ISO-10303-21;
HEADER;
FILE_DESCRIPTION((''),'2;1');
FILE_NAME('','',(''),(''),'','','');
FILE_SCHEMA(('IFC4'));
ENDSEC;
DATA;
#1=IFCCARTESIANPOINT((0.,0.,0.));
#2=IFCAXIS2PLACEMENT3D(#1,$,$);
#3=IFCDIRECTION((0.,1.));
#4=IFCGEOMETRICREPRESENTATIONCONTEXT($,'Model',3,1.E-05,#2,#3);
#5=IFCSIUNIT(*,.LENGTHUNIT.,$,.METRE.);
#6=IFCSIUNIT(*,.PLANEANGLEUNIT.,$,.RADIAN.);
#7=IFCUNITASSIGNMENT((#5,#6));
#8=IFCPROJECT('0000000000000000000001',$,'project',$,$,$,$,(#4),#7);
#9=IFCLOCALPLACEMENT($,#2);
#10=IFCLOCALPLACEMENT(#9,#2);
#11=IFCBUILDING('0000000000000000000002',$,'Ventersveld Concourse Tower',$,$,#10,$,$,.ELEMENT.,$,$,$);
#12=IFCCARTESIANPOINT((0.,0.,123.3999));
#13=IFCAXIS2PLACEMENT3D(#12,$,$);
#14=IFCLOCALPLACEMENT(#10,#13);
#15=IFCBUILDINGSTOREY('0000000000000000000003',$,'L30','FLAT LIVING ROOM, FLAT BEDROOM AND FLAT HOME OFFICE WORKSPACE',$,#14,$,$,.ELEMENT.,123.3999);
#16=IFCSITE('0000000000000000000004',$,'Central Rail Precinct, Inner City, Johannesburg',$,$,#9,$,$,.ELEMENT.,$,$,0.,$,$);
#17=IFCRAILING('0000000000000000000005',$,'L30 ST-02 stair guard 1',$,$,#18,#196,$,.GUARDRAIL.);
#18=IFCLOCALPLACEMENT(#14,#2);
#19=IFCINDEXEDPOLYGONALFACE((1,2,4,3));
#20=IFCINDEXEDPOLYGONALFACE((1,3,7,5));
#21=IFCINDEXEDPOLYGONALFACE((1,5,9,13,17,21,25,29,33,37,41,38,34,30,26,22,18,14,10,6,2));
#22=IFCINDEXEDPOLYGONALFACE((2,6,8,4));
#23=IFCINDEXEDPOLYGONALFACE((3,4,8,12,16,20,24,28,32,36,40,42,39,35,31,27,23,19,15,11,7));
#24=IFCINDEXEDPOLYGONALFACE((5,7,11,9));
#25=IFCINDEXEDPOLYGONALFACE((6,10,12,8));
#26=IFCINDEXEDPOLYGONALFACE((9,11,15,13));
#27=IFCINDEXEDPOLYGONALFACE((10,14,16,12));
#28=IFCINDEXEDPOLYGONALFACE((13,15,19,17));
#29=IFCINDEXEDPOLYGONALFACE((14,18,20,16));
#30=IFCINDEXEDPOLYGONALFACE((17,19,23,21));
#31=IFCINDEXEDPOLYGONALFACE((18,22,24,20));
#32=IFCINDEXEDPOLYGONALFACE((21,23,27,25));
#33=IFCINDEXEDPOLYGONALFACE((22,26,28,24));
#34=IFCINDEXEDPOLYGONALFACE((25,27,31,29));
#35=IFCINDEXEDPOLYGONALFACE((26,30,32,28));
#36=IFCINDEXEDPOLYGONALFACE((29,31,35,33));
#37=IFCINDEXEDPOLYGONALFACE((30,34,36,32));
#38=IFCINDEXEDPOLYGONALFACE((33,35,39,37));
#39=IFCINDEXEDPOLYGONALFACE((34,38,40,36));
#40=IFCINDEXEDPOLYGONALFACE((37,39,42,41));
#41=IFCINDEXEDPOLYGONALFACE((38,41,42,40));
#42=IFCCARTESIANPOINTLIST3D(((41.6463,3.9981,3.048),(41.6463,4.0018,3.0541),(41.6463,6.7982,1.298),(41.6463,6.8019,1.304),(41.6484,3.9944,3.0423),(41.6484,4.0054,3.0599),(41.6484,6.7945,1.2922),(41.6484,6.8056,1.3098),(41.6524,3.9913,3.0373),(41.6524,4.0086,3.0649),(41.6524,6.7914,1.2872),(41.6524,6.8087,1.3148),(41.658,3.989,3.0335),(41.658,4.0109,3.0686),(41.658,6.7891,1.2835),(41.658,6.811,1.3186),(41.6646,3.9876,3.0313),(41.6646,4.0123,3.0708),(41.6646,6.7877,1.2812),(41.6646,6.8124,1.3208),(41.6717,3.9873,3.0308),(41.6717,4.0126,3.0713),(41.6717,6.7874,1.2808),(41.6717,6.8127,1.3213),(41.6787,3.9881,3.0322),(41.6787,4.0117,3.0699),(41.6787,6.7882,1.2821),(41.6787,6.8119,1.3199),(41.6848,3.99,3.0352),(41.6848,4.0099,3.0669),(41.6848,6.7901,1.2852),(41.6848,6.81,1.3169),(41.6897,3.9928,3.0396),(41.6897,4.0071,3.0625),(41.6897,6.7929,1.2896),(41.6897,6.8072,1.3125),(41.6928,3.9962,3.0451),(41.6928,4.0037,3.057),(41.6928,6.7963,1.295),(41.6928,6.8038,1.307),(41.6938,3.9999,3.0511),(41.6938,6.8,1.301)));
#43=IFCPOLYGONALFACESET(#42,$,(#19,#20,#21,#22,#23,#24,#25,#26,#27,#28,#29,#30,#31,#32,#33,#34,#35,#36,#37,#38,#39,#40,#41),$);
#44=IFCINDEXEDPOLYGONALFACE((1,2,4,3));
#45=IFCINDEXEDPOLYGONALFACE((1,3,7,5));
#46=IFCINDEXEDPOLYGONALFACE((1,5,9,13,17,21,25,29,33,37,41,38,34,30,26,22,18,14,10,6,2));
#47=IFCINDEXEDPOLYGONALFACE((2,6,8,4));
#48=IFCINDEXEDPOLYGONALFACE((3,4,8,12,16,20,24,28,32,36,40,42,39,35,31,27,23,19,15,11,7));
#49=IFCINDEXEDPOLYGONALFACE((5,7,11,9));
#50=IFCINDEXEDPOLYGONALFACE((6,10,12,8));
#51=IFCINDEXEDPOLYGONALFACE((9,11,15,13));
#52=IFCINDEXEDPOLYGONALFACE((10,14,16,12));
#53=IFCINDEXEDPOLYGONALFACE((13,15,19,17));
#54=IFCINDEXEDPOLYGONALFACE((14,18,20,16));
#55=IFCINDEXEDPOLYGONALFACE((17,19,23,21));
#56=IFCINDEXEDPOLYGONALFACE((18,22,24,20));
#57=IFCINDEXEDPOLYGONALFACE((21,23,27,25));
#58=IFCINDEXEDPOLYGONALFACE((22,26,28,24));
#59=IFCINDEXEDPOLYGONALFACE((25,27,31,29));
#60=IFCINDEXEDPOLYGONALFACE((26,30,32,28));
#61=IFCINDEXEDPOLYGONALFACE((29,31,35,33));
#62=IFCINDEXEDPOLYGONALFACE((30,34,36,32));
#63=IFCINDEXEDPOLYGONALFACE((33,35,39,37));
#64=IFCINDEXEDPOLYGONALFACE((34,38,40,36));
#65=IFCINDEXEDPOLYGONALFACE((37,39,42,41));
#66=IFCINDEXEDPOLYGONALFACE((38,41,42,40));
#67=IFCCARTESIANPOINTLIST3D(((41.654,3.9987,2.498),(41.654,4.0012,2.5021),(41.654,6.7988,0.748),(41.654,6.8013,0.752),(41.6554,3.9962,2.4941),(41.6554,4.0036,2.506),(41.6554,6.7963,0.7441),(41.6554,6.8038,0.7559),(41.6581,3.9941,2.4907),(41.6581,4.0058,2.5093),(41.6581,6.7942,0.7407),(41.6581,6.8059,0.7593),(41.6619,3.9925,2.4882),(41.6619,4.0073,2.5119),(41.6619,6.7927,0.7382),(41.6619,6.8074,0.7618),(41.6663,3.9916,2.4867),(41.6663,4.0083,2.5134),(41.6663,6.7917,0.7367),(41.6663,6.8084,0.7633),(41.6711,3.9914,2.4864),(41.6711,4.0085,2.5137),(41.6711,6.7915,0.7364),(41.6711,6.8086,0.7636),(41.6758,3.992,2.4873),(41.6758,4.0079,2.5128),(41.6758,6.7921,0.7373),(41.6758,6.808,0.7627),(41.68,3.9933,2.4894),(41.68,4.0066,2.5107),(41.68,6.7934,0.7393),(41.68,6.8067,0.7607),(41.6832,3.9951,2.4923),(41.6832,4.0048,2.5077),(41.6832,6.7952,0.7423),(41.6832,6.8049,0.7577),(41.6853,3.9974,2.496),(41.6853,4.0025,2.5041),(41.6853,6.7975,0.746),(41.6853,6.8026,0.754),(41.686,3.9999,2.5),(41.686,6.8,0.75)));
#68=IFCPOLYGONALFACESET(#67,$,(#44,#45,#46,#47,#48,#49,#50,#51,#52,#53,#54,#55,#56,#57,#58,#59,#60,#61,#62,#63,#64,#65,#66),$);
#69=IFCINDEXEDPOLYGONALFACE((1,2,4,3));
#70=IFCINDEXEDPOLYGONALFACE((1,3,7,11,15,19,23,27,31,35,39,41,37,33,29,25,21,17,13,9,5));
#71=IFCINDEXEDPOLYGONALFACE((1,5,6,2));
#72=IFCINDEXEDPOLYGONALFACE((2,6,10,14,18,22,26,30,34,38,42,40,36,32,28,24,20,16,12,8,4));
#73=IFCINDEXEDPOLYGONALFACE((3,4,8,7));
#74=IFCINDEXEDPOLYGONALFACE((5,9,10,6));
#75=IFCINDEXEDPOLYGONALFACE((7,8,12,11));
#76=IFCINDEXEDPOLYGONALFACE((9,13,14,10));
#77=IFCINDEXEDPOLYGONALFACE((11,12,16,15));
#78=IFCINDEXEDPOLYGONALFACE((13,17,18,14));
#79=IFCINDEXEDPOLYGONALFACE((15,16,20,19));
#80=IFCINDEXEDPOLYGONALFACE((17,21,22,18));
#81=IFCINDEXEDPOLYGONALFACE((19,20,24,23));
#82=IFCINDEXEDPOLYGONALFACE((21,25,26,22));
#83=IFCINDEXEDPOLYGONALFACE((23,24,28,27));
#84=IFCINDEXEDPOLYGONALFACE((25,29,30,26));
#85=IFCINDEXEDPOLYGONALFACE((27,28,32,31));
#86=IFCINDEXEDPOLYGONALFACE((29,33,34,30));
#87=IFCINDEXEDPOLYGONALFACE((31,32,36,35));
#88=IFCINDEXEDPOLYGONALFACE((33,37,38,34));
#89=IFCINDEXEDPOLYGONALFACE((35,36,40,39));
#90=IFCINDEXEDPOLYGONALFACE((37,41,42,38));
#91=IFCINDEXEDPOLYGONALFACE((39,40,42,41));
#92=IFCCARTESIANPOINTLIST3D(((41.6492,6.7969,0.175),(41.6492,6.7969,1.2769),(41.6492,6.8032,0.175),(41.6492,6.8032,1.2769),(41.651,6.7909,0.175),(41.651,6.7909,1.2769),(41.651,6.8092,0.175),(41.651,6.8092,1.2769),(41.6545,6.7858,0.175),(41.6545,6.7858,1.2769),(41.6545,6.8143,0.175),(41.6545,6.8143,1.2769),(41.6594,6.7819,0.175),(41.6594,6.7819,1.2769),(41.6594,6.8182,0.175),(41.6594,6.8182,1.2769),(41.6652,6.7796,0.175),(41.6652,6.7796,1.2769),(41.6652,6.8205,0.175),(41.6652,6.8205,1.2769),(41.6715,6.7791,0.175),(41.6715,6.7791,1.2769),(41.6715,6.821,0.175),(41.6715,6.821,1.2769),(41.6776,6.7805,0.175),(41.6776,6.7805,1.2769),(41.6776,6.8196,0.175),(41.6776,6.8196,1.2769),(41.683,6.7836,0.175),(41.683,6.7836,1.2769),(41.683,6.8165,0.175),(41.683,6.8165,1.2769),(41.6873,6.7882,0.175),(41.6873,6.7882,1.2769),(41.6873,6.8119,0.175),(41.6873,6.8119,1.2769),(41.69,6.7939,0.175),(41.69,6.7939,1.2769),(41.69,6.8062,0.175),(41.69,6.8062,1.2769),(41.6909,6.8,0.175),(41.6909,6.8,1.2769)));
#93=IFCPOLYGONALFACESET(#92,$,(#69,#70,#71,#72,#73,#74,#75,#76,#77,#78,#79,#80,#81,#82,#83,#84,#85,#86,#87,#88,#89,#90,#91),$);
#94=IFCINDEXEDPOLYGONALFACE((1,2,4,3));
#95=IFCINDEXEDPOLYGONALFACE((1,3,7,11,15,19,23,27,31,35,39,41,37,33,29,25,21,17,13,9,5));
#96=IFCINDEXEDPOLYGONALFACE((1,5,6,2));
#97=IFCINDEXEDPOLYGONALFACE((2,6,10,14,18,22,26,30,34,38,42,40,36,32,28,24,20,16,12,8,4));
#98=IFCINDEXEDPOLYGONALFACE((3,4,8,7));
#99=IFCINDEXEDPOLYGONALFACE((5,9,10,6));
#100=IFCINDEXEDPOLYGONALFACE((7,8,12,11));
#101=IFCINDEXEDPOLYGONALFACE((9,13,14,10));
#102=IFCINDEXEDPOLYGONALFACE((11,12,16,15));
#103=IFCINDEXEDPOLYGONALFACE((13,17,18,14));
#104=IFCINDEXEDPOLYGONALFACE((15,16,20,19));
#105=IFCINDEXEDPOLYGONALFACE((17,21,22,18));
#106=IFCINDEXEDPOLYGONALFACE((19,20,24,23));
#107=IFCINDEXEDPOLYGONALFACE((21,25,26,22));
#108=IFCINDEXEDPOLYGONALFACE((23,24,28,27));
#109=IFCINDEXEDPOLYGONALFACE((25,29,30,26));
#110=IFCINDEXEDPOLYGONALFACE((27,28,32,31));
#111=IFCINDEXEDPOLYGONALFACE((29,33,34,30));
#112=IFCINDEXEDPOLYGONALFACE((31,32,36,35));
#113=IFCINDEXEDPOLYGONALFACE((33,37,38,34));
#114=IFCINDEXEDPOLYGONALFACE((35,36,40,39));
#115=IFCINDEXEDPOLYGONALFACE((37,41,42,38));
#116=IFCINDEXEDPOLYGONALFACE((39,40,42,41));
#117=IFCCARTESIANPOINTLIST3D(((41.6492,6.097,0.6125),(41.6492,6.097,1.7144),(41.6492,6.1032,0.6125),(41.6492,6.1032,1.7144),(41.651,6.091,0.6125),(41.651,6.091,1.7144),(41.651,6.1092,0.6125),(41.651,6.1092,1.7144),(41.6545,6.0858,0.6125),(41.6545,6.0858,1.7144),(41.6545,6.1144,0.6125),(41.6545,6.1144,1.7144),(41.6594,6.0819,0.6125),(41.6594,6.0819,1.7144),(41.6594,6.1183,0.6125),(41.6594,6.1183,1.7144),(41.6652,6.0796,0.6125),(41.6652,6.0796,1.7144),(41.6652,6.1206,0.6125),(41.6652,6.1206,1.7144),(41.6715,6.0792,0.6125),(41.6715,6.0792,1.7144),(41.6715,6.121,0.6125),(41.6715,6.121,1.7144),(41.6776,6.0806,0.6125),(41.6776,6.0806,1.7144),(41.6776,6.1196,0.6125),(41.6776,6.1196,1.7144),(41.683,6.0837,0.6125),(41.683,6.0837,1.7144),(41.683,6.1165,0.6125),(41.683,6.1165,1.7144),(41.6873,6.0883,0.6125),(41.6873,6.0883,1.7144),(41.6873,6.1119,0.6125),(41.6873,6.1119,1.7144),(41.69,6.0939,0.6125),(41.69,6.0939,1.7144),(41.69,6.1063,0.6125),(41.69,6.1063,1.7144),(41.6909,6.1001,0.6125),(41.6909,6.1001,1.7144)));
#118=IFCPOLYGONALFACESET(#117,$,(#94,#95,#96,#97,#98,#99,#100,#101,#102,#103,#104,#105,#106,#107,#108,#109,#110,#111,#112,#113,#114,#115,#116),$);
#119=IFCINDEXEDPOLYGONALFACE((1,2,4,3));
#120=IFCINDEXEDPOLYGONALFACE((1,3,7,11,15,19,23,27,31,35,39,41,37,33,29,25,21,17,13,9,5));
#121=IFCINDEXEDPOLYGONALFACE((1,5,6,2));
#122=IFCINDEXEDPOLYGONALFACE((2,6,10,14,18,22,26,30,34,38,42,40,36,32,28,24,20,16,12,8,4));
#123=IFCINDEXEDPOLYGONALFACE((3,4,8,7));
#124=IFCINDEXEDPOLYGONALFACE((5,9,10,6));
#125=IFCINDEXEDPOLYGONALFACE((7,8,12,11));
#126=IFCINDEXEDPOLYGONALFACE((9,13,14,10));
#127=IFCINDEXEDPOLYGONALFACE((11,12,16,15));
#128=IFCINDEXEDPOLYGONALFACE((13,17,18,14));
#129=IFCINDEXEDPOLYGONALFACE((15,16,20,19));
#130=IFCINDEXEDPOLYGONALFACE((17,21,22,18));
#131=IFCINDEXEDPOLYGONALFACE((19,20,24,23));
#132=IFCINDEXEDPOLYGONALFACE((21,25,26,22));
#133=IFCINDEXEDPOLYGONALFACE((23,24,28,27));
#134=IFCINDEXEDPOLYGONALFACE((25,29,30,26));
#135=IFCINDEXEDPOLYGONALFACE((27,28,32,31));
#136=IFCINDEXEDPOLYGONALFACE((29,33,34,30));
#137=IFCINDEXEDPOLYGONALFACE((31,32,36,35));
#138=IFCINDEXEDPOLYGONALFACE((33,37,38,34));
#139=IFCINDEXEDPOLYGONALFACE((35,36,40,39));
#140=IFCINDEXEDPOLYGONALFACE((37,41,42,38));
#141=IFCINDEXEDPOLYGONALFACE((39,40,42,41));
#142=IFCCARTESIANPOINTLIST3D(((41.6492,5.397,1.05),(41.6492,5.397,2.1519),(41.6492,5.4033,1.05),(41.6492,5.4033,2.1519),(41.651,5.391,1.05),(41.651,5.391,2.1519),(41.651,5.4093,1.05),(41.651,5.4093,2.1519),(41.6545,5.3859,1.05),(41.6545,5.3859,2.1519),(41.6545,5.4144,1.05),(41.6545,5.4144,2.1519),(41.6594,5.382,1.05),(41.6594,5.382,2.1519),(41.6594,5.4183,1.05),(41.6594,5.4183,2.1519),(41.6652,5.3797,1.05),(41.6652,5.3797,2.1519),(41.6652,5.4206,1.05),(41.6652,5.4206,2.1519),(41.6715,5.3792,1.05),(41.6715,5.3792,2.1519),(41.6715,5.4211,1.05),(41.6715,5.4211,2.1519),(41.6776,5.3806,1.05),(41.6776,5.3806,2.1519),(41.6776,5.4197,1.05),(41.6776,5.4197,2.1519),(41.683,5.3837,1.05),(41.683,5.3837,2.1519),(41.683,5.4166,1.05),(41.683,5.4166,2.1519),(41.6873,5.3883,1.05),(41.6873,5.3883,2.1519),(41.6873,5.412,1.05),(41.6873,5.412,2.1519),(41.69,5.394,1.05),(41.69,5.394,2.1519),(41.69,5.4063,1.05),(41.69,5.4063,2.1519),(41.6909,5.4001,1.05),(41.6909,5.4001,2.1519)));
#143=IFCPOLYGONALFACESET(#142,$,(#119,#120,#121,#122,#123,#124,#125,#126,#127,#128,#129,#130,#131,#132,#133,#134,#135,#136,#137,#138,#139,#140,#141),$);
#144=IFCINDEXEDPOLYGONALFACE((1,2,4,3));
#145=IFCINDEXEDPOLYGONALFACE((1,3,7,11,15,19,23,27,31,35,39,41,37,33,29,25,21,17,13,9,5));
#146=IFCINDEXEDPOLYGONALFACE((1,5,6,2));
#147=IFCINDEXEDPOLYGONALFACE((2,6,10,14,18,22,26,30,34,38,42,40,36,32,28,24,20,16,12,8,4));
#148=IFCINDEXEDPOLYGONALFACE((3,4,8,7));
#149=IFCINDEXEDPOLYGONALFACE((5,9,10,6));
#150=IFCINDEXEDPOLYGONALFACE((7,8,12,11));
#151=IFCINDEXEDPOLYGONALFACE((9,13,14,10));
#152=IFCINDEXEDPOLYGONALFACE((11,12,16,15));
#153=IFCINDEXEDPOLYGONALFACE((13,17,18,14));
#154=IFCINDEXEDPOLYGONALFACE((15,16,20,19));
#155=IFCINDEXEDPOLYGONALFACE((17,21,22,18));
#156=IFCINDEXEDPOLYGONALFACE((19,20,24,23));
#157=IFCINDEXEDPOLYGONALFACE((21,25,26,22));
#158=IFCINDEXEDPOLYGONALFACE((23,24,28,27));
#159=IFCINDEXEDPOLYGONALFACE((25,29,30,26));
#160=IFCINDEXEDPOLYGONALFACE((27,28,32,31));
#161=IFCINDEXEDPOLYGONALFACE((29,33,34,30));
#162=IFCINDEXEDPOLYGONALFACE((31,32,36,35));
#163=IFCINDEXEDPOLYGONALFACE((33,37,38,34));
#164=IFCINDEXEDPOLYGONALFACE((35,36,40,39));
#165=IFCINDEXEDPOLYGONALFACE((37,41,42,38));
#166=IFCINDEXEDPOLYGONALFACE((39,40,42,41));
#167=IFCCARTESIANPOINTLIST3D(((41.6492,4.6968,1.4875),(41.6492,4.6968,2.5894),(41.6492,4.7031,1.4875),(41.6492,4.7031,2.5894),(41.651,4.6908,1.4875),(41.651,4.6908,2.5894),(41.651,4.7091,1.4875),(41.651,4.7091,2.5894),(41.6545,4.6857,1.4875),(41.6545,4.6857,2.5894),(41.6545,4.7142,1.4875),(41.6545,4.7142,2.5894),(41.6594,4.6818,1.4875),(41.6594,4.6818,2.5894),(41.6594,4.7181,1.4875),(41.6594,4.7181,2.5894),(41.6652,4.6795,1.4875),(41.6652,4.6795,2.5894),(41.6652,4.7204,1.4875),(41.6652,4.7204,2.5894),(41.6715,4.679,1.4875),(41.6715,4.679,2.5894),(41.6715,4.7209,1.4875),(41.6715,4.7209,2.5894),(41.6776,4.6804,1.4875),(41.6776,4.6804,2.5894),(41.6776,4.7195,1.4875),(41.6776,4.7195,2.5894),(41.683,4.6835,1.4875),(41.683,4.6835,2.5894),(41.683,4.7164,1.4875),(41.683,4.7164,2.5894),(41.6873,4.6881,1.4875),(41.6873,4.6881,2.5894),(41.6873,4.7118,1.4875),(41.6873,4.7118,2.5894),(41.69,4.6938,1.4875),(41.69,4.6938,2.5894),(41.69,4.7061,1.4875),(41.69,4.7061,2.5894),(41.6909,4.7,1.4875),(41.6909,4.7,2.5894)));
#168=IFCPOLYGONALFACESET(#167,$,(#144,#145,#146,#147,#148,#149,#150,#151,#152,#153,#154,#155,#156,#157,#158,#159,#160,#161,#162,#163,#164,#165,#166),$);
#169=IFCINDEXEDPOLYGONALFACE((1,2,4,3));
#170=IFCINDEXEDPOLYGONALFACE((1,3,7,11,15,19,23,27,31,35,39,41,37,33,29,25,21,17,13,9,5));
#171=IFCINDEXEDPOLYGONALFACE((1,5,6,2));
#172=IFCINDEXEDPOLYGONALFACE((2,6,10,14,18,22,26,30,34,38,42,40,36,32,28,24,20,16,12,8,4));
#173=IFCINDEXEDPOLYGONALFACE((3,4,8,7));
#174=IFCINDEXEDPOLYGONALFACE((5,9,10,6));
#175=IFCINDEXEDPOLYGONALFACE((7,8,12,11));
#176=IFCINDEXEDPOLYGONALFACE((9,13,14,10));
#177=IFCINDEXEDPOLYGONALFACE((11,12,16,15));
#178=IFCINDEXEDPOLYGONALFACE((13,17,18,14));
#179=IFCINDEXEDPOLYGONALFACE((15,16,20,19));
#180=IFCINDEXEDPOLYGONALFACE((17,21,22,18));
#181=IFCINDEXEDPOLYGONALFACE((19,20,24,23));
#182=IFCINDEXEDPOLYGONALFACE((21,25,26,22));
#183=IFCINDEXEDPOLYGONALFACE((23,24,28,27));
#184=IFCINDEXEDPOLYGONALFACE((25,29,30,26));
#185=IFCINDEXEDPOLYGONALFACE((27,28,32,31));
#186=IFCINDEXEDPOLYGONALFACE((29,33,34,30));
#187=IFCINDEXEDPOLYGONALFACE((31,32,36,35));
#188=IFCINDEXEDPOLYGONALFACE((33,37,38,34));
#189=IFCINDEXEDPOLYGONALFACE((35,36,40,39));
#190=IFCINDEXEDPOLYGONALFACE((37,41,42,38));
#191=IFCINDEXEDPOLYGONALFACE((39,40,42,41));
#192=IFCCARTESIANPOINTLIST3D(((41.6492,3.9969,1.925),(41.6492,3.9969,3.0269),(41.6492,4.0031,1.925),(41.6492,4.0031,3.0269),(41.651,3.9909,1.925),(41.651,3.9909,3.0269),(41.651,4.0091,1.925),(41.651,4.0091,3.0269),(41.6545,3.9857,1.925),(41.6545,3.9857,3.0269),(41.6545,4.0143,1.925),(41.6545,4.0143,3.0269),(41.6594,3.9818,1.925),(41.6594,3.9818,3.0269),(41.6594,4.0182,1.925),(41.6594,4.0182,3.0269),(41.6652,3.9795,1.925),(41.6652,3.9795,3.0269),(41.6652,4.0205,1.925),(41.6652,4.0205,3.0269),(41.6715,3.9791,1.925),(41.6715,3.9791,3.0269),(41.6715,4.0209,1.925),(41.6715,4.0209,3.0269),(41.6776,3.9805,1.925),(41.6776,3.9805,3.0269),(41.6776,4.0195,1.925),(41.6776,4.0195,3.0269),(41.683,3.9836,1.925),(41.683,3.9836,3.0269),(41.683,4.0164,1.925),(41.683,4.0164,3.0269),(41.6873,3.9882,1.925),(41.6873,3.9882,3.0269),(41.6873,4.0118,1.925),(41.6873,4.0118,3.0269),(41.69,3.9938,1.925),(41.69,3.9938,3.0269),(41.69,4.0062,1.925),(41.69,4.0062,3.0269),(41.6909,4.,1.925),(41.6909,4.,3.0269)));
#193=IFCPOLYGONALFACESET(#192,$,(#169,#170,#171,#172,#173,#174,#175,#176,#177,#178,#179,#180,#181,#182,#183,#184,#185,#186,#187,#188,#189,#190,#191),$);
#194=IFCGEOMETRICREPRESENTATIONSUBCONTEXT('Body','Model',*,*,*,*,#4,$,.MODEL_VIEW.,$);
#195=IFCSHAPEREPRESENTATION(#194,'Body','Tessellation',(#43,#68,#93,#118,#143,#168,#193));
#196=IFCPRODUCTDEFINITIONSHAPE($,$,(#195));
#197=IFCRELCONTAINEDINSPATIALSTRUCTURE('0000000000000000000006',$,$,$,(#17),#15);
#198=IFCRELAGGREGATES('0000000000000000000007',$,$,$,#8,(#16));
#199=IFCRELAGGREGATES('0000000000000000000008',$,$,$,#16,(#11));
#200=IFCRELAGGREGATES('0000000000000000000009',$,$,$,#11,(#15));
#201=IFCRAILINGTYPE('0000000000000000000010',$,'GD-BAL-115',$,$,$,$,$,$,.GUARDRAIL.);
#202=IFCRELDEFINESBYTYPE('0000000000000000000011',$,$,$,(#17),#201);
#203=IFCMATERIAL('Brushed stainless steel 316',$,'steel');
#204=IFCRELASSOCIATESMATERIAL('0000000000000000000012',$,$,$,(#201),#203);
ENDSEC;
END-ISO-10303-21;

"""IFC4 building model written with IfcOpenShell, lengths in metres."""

from ifc_helpers import new_model, si_unit, direction, frame, origin, origin_2d, place, context, subcontext, project, spatial, circle, extrude, material, type_object, element, save


model = new_model("IFC4")

# Units and contexts
model_context = context("Model", 3, precision=1e-05, world=origin(), true_north=direction((0.0, 1.0)))
body_context = subcontext(model_context, "Body", "Model", "MODEL_VIEW")
ifc_project = project(units=[si_unit("LENGTHUNIT", "METRE"), si_unit("PLANEANGLEUNIT", "RADIAN")], contexts=[model_context])

# Site, building, storey
site_placement = place(None, origin())
site = spatial("IfcSite", under=ifc_project, at=site_placement, Name="Central Rail Precinct, Inner City, Johannesburg", CompositionType="ELEMENT", RefElevation=0.0)
building_placement = place(site_placement, origin())
building = spatial("IfcBuilding", under=site, at=building_placement, Name="Ventersveld Concourse Tower", CompositionType="ELEMENT")
storey_placement = place(building_placement, frame((0.0, 0.0, 123.3999)))
storey = spatial("IfcBuildingStorey", under=building, at=storey_placement, Name="L30", Description="FLAT LIVING ROOM, FLAT BEDROOM AND FLAT HOME OFFICE WORKSPACE", CompositionType="ELEMENT", Elevation=123.3999)

# Shared definitions
ifc_material_1 = material(Name="Brushed stainless steel 316", Category="steel")

# Railing
railing_type_1 = type_object("IfcRailingType", Name="GD-BAL-115", PredefinedType="GUARDRAIL", material=ifc_material_1)
railing_1_placement = place(storey_placement, frame((41.6699, 6.8, 0.175)))
element("IfcRailing", 1, at=railing_1_placement, inside=storey, type_object=railing_type_1, Name="L30 ST-02 stair guard 1", PredefinedType="GUARDRAIL", context=body_context, shape_type="SweptSolid", body=[
    extrude(circle(Radius=0.0239, at=origin_2d()), frame((0.0, 0.0, 1.126), z_axis=(0.0, -0.848002, 0.529992), x_axis=(1.0, 0.0, 0.0)), (0.0, 0.0, 1.0), 3.302),
    extrude(circle(Radius=0.0161, at=origin_2d()), frame((0.0, 0.0, 0.575), z_axis=(0.0, -0.848002, 0.529992), x_axis=(1.0, 0.0, 0.0)), (0.0, 0.0, 1.0), 3.302),
    extrude(circle(Radius=0.021, at=origin_2d()), origin(), (0.0, 0.0, 1.0), 1.1018),
    extrude(circle(Radius=0.021, at=origin_2d()), frame((0.0, -0.7, 0.4375)), (0.0, 0.0, 1.0), 1.1018),
    extrude(circle(Radius=0.021, at=origin_2d()), frame((0.0, -1.3999, 0.875)), (0.0, 0.0, 1.0), 1.1018),
    extrude(circle(Radius=0.021, at=origin_2d()), frame((0.0, -2.1001, 1.3125)), (0.0, 0.0, 1.0), 1.1018),
    extrude(circle(Radius=0.021, at=origin_2d()), frame((0.0, -2.8, 1.75)), (0.0, 0.0, 1.0), 1.1018),
])

save(model, "model.ifc")
